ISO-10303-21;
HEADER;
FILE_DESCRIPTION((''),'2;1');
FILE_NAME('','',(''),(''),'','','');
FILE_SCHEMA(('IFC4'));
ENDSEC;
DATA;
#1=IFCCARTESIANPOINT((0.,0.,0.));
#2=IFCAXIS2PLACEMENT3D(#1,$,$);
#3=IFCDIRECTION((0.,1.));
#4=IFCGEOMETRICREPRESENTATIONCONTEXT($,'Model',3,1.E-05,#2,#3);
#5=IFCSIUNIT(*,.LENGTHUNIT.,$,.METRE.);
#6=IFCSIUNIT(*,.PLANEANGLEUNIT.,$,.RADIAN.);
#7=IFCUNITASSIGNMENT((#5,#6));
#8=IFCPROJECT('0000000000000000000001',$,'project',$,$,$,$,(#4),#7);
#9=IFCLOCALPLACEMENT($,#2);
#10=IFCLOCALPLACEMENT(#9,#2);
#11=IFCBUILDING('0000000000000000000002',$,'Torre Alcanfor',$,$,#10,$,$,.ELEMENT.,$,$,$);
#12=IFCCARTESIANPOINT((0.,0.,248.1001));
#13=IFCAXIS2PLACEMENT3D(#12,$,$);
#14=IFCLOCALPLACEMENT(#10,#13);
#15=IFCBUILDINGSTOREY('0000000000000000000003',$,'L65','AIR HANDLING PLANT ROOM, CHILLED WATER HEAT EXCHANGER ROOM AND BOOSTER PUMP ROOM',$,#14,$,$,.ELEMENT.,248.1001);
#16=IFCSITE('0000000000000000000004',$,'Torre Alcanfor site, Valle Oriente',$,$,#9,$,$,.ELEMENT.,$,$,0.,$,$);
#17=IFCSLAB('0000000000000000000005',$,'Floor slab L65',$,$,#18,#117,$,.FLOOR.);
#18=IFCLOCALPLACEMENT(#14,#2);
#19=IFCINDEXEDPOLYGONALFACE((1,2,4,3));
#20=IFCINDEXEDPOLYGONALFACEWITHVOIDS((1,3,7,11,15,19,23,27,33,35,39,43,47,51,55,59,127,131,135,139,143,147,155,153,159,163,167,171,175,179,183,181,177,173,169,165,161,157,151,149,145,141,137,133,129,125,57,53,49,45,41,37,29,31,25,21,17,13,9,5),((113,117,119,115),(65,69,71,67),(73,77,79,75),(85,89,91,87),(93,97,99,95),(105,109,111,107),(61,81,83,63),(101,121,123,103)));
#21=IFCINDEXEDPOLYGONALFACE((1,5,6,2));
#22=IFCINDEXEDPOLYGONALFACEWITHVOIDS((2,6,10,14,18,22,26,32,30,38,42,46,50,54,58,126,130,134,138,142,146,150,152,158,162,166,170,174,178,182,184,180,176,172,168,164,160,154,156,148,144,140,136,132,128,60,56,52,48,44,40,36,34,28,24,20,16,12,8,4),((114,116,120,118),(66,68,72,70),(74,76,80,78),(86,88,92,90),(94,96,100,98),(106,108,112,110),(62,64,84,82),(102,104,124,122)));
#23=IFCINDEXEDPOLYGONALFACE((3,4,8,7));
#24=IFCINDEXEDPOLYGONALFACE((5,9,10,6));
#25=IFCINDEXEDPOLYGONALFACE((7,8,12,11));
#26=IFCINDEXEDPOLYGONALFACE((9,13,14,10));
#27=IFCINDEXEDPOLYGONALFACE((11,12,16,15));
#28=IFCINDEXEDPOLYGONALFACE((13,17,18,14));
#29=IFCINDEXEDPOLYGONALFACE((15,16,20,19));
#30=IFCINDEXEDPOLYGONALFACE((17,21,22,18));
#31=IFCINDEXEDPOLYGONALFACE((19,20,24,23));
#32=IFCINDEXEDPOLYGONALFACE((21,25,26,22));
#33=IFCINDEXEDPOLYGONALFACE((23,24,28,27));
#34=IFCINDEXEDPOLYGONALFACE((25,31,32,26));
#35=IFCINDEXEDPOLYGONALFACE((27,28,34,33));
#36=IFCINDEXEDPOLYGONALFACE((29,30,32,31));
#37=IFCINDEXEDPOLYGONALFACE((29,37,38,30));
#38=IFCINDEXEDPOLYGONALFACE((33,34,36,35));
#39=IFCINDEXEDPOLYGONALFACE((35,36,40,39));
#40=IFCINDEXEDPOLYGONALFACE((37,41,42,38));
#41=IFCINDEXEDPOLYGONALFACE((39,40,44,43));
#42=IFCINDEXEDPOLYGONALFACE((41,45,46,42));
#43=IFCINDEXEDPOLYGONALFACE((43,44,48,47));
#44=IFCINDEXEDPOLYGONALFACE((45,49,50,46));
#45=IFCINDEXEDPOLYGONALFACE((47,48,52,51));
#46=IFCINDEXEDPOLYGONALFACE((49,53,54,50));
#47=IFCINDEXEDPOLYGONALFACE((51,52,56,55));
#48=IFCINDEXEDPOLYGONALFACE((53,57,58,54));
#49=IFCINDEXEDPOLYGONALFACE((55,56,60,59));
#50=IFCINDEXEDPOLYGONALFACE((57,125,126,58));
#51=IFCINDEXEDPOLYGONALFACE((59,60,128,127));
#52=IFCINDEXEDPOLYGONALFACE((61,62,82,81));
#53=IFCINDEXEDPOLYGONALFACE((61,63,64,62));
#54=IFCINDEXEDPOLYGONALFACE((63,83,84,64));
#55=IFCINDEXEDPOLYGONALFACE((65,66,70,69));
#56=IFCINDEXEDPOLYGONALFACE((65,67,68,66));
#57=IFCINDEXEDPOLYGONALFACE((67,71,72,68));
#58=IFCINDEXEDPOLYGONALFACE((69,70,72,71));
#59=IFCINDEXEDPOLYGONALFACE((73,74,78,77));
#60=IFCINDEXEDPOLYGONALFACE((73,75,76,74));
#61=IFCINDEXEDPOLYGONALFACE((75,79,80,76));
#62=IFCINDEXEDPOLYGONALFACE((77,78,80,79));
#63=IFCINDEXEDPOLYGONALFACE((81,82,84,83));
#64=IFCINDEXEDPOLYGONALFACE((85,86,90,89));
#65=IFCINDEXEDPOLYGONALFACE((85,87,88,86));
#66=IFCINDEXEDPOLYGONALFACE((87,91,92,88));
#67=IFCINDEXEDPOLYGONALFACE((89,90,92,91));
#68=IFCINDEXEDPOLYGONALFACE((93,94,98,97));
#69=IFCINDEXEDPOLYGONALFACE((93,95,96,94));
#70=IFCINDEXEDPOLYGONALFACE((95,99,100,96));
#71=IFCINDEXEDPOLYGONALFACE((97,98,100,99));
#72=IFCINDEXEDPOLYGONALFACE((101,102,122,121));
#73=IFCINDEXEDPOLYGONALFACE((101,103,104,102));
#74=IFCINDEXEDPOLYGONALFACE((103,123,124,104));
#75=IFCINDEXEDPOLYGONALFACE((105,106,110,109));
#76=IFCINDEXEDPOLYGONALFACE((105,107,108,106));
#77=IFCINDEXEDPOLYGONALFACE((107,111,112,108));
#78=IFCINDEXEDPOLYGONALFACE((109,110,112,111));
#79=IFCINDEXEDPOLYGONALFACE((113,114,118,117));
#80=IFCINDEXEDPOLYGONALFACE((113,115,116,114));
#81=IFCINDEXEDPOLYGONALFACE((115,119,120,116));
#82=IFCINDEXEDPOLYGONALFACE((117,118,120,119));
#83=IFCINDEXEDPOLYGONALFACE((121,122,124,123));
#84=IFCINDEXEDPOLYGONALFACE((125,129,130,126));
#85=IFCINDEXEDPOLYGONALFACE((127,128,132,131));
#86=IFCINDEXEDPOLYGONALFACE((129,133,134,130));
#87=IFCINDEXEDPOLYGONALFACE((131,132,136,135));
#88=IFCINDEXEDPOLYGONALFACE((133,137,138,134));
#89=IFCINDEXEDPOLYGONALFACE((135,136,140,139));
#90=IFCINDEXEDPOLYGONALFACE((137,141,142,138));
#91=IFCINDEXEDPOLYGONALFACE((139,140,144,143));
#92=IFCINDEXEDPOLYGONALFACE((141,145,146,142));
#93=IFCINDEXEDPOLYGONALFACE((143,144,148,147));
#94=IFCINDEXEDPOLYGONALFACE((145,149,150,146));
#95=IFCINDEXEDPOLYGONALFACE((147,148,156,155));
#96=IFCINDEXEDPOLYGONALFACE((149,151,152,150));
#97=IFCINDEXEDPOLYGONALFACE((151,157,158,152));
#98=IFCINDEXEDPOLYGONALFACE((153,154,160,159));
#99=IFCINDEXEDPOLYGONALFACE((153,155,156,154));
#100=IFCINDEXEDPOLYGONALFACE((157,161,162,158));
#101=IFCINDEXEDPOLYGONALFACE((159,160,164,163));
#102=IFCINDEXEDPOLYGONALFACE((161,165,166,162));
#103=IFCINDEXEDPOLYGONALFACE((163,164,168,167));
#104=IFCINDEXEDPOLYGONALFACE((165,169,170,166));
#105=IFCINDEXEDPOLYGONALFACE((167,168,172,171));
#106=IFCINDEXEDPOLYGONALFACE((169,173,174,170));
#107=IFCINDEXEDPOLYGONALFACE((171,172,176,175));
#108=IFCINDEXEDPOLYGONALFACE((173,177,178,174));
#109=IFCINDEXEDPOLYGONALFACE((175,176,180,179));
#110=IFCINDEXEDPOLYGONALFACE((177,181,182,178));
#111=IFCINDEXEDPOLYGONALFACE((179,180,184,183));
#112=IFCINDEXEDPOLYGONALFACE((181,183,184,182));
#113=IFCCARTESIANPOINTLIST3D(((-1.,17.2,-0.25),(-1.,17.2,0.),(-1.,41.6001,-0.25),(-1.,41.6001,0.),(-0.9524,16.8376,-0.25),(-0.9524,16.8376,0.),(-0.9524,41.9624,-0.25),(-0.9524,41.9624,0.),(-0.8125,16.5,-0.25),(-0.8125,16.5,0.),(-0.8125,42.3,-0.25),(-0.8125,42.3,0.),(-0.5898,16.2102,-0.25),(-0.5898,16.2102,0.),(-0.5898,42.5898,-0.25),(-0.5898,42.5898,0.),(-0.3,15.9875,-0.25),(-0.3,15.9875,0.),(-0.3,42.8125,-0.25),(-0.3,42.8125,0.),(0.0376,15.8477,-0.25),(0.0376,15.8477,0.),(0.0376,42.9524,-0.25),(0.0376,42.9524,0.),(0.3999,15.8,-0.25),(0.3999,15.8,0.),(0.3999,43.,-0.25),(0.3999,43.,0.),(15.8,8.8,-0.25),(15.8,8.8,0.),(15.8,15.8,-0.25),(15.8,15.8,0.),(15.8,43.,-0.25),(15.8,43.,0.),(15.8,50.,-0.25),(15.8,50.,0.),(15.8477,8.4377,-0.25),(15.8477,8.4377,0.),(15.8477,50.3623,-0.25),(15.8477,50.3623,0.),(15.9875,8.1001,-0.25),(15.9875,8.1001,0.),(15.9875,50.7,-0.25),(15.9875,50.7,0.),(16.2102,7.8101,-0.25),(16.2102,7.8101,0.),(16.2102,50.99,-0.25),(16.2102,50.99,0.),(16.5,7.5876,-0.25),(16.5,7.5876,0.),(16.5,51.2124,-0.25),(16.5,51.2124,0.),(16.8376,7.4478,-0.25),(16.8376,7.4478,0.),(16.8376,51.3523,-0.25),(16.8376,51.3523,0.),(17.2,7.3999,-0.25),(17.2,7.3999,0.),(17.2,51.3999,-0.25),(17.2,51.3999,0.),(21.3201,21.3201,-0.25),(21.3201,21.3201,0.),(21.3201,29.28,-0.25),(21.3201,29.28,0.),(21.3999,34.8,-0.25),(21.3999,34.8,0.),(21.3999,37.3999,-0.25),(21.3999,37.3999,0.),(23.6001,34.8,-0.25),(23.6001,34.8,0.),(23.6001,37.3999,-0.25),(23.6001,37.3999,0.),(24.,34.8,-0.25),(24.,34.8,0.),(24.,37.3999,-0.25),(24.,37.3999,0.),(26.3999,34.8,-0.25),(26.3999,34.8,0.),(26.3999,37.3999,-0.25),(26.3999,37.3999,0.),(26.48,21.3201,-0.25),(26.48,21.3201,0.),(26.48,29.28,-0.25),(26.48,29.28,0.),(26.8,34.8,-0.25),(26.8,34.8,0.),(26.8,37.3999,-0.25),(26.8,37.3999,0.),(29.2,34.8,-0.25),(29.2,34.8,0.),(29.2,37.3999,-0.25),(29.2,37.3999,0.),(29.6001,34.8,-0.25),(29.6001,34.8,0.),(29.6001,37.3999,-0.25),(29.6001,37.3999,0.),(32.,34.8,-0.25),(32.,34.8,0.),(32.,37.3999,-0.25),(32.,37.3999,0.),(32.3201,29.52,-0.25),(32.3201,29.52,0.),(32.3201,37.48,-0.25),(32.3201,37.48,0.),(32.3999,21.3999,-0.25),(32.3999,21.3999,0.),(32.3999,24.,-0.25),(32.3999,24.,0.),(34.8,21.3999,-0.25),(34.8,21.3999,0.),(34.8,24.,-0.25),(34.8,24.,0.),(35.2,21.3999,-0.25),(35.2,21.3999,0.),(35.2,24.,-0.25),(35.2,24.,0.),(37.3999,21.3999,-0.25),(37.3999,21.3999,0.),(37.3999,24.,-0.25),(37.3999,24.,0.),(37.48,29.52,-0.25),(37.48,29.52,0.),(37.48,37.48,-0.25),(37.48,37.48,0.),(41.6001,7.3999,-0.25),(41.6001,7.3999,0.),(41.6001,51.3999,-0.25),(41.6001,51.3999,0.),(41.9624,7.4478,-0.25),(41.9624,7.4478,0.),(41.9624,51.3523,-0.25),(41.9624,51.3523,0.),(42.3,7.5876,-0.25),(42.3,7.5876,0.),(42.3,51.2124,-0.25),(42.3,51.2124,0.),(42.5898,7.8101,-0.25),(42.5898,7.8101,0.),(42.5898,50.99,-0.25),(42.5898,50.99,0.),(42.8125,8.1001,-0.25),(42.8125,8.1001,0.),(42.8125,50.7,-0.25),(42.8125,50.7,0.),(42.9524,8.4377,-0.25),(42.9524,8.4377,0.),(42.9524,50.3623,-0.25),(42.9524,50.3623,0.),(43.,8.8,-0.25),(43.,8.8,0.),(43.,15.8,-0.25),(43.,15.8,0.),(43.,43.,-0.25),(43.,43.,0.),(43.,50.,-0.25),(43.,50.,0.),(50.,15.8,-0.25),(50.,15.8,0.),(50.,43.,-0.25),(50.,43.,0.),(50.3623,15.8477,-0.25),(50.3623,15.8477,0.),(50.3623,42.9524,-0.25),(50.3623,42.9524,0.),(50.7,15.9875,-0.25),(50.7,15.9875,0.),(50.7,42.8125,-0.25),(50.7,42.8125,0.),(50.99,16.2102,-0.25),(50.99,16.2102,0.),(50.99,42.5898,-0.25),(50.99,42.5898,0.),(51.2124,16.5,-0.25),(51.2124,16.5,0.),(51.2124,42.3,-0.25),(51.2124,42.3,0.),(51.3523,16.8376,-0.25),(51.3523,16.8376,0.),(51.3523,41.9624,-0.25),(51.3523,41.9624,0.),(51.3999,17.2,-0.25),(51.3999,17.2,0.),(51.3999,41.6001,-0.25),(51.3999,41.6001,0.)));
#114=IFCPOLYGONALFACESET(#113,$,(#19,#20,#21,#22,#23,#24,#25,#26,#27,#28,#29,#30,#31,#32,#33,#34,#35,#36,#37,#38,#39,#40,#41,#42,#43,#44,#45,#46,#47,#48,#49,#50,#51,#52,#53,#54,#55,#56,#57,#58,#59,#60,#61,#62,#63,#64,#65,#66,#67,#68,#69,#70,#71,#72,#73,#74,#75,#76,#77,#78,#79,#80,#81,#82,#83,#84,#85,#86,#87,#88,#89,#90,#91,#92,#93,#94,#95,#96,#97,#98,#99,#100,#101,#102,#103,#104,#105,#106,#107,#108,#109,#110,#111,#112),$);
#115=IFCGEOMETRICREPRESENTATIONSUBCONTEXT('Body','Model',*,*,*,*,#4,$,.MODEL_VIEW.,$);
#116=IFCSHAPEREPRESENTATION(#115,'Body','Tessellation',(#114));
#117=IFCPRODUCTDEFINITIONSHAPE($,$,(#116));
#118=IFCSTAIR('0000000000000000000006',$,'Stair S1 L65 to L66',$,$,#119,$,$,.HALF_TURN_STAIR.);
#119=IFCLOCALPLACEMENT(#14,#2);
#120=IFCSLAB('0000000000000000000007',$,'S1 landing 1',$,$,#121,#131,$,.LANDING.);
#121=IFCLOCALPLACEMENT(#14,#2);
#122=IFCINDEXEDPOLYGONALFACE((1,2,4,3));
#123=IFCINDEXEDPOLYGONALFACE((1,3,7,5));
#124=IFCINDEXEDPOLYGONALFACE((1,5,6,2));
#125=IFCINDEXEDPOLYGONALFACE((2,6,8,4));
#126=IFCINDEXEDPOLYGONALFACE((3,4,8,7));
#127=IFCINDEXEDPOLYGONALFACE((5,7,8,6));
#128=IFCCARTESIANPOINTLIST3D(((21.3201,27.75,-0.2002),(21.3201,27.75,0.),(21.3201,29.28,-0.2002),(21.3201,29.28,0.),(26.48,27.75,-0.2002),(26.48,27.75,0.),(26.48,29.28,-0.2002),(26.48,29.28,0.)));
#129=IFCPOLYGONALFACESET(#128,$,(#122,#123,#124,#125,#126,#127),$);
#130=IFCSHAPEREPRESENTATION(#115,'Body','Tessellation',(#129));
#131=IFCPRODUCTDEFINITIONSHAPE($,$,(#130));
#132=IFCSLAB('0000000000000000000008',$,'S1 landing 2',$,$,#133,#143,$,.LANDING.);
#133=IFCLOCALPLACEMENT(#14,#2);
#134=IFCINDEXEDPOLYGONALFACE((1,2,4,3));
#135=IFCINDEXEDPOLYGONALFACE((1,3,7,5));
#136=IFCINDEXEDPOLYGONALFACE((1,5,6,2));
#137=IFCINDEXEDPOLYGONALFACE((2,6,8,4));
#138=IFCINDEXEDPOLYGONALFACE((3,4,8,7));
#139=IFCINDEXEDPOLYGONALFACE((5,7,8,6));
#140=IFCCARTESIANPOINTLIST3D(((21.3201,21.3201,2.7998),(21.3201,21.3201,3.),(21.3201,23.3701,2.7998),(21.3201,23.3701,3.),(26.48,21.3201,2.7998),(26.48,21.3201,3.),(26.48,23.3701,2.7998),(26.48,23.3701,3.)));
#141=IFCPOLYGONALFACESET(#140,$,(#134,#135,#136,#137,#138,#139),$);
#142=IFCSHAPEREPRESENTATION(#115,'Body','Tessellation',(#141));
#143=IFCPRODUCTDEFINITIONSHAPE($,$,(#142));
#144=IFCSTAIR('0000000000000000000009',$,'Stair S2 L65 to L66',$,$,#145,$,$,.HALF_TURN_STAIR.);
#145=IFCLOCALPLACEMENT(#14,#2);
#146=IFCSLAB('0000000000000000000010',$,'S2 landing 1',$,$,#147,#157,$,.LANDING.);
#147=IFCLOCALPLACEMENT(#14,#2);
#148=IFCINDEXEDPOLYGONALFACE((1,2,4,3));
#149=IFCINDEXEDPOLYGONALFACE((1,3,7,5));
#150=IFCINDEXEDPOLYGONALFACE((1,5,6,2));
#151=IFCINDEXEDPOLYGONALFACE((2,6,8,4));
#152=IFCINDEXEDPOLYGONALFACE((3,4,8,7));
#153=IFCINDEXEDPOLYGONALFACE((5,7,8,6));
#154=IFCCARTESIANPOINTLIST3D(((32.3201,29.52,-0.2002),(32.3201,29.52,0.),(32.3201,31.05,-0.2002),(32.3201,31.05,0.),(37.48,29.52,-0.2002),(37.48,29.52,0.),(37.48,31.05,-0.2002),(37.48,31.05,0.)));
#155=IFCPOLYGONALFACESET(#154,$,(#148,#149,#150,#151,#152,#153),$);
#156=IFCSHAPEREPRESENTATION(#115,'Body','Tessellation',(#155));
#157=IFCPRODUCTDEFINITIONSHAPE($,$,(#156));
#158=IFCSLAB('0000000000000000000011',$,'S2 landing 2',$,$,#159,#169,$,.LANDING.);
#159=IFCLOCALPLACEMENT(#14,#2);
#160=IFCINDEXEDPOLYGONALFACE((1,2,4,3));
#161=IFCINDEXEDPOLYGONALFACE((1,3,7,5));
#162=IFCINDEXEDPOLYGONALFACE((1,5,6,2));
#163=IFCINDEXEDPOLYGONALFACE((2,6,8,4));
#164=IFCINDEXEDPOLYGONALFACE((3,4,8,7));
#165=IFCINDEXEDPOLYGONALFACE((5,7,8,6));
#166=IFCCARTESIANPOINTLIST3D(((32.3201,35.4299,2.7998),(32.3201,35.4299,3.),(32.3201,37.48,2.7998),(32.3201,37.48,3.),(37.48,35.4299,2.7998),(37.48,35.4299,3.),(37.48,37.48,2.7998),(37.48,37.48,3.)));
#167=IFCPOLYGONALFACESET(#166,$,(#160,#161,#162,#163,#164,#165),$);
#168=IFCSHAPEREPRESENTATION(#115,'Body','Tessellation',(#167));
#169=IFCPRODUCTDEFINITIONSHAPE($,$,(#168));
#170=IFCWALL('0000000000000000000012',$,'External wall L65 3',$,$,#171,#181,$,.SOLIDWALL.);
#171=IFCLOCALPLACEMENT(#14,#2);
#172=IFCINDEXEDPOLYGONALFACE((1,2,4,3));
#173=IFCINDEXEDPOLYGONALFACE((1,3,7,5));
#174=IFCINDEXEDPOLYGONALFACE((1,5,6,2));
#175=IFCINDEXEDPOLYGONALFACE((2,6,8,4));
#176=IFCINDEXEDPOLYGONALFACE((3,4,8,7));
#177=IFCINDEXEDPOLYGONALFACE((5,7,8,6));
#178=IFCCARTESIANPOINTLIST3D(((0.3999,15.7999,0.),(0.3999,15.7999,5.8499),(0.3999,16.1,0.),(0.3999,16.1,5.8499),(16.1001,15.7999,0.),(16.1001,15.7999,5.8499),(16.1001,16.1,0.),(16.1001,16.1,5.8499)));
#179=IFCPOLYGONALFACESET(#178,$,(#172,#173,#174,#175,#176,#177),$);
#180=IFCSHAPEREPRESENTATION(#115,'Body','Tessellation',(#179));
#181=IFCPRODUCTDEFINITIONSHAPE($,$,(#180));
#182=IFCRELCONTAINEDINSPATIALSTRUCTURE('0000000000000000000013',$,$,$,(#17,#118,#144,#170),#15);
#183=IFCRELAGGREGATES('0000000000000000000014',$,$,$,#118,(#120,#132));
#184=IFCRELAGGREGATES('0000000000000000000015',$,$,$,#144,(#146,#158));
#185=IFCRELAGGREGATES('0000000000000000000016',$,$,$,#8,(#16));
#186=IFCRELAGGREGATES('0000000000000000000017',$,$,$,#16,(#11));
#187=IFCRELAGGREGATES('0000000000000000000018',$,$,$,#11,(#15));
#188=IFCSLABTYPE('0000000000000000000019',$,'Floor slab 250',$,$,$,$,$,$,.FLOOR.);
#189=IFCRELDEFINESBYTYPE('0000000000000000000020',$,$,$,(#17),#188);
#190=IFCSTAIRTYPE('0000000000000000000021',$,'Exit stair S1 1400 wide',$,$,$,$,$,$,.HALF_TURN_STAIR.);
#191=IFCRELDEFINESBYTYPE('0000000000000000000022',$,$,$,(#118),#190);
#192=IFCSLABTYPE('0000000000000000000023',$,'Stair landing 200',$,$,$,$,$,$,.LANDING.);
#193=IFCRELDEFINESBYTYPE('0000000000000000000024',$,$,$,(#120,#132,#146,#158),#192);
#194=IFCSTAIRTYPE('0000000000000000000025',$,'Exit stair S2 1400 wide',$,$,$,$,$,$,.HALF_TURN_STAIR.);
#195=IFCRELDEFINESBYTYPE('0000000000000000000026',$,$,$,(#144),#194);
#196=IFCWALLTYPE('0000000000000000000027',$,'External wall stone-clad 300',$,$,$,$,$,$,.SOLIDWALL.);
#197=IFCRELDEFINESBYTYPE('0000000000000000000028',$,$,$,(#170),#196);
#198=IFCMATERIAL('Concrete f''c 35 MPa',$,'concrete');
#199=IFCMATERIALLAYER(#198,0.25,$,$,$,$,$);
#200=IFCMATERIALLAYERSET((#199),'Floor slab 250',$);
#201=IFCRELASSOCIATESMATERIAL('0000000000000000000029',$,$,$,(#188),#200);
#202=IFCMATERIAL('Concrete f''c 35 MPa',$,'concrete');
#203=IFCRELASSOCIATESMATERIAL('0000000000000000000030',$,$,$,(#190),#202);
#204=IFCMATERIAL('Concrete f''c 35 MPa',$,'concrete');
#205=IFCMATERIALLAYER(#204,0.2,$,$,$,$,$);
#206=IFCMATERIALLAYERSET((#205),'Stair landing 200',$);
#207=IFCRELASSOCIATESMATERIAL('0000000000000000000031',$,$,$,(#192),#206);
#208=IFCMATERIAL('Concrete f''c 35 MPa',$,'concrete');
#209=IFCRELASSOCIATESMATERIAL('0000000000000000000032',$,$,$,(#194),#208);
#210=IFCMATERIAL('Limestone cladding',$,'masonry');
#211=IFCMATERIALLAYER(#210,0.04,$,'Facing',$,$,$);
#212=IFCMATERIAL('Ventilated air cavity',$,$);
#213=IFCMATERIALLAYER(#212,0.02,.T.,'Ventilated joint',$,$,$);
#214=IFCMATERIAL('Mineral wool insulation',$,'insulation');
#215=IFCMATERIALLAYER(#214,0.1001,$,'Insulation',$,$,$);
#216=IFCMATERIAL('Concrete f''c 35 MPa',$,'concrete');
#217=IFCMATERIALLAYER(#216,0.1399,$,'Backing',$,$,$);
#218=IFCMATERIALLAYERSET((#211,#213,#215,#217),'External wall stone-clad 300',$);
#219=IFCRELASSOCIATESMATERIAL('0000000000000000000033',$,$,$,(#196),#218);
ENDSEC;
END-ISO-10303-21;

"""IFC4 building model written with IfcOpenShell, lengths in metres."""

from ifc_helpers import new_model, si_unit, direction, frame, frame_2d, origin, place, context, subcontext, project, spatial, polyline, rectangle, outline, extrude, material, layer, layer_set, type_object, element, aggregate, save


model = new_model("IFC4")

# Units and contexts
model_context = context("Model", 3, precision=1e-05, world=origin(), true_north=direction((0.0, 1.0)))
body_context = subcontext(model_context, "Body", "Model", "MODEL_VIEW")
ifc_project = project(units=[si_unit("LENGTHUNIT", "METRE"), si_unit("PLANEANGLEUNIT", "RADIAN")], contexts=[model_context])

# Site, building, storey
site_placement = place(None, origin())
site = spatial("IfcSite", under=ifc_project, at=site_placement, Name="Torre Alcanfor site, Valle Oriente", CompositionType="ELEMENT", RefElevation=0.0)
building_placement = place(site_placement, origin())
building = spatial("IfcBuilding", under=site, at=building_placement, Name="Torre Alcanfor", CompositionType="ELEMENT")
storey_placement = place(building_placement, frame((0.0, 0.0, 248.1001)))
storey = spatial("IfcBuildingStorey", under=building, at=storey_placement, Name="L65", Description="AIR HANDLING PLANT ROOM, CHILLED WATER HEAT EXCHANGER ROOM AND BOOSTER PUMP ROOM", CompositionType="ELEMENT", Elevation=248.1001)

# Slab
ifc_material_1 = material(Name="Concrete f'c 35 MPa", Category="concrete")
ifc_layer_1 = layer(ifc_material_1, 0.25)
ifc_layer_set_1 = layer_set([ifc_layer_1], Name="Floor slab 250")
slab_type_1 = type_object("IfcSlabType", Name="Floor slab 250", PredefinedType="FLOOR", material=ifc_layer_set_1)
slab_1_placement = place(storey_placement, frame((0.0, 0.0, -0.25)))
element("IfcSlab", 1, at=slab_1_placement, inside=storey, type_object=slab_type_1, Name="Floor slab L65", PredefinedType="FLOOR", context=body_context, shape_type="SweptSolid", body=[
    extrude(outline(polyline([(15.8, 43.0), (0.3999, 43.0), (0.0376, 42.9524), (-0.3, 42.8125), (-0.5898, 42.5898), (-0.8125, 42.3), (-0.9524, 41.9624), (-1.0, 41.6001), (-1.0, 17.2), (-0.9524, 16.8376), (-0.8125, 16.5), (-0.5898, 16.2102), (-0.3, 15.9875), (0.0376, 15.8477), (0.3999, 15.8), (15.8, 15.8), (15.8, 8.8), (15.8477, 8.4377), (15.9875, 8.1001), (16.2102, 7.8101), (16.5, 7.5876), (16.8376, 7.4478), (17.2, 7.3999), (41.6001, 7.3999), (41.9624, 7.4478), (42.3, 7.5876), (42.5898, 7.8101), (42.8125, 8.1001), (42.9524, 8.4377), (43.0, 8.8), (43.0, 15.8), (50.0, 15.8), (50.3623, 15.8477), (50.7, 15.9875), (50.99, 16.2102), (51.2124, 16.5), (51.3523, 16.8376), (51.3999, 17.2), (51.3999, 41.6001), (51.3523, 41.9624), (51.2124, 42.3), (50.99, 42.5898), (50.7, 42.8125), (50.3623, 42.9524), (50.0, 43.0), (43.0, 43.0), (43.0, 50.0), (42.9524, 50.3623), (42.8125, 50.7), (42.5898, 50.99), (42.3, 51.2124), (41.9624, 51.3523), (41.6001, 51.3999), (17.2, 51.3999), (16.8376, 51.3523), (16.5, 51.2124), (16.2102, 50.99), (15.9875, 50.7), (15.8477, 50.3623), (15.8, 50.0), (15.8, 43.0)]), holes=[polyline([(21.3201, 21.3201), (26.48, 21.3201), (26.48, 29.28), (21.3201, 29.28), (21.3201, 21.3201)]), polyline([(32.3201, 29.52), (37.48, 29.52), (37.48, 37.48), (32.3201, 37.48), (32.3201, 29.52)]), polyline([(32.3999, 21.3999), (34.8, 21.3999), (34.8, 24.0), (32.3999, 24.0), (32.3999, 21.3999)]), polyline([(35.2, 21.3999), (37.3999, 21.3999), (37.3999, 24.0), (35.2, 24.0), (35.2, 21.3999)]), polyline([(21.3999, 34.8), (23.6001, 34.8), (23.6001, 37.3999), (21.3999, 37.3999), (21.3999, 34.8)]), polyline([(24.0, 34.8), (26.3999, 34.8), (26.3999, 37.3999), (24.0, 37.3999), (24.0, 34.8)]), polyline([(26.8, 34.8), (29.2, 34.8), (29.2, 37.3999), (26.8, 37.3999), (26.8, 34.8)]), polyline([(29.6001, 34.8), (32.0, 34.8), (32.0, 37.3999), (29.6001, 37.3999), (29.6001, 34.8)])]), origin(), (0.0, 0.0, 1.0), 0.25),
])

# Stairs, slabs
ifc_material_2 = material(Name="Concrete f'c 35 MPa", Category="concrete")
stair_type_1 = type_object("IfcStairType", Name="Exit stair S1 1400 wide", PredefinedType="HALF_TURN_STAIR", material=ifc_material_2)
stair_1_placement = place(storey_placement, origin())
stair_1 = element("IfcStair", 2, at=stair_1_placement, inside=storey, type_object=stair_type_1, Name="Stair S1 L65 to L66", PredefinedType="HALF_TURN_STAIR")
ifc_material_3 = material(Name="Concrete f'c 35 MPa", Category="concrete")
ifc_layer_2 = layer(ifc_material_3, 0.2)
ifc_layer_set_2 = layer_set([ifc_layer_2], Name="Stair landing 200")
slab_type_2 = type_object("IfcSlabType", Name="Stair landing 200", PredefinedType="LANDING", material=ifc_layer_set_2)
slab_2_placement = place(storey_placement, frame((0.0, 0.0, -0.2002)))
slab_2 = element("IfcSlab", 3, at=slab_2_placement, type_object=slab_type_2, Name="S1 landing 1", PredefinedType="LANDING", context=body_context, shape_type="SweptSolid", body=[
    extrude(outline(polyline([(21.3201, 27.75), (26.48, 27.75), (26.48, 29.28), (21.3201, 29.28), (21.3201, 27.75)])), origin(), (0.0, 0.0, 1.0), 0.2002),
])
slab_3_placement = place(storey_placement, frame((0.0, 0.0, 2.7998)))
slab_3 = element("IfcSlab", 4, at=slab_3_placement, type_object=slab_type_2, Name="S1 landing 2", PredefinedType="LANDING", context=body_context, shape_type="SweptSolid", body=[
    extrude(outline(polyline([(21.3201, 21.3201), (26.48, 21.3201), (26.48, 23.3701), (21.3201, 23.3701), (21.3201, 21.3201)])), origin(), (0.0, 0.0, 1.0), 0.2002),
])
aggregate(stair_1, [slab_2, slab_3])
ifc_material_4 = material(Name="Concrete f'c 35 MPa", Category="concrete")
stair_type_2 = type_object("IfcStairType", Name="Exit stair S2 1400 wide", PredefinedType="HALF_TURN_STAIR", material=ifc_material_4)
stair_2_placement = place(storey_placement, origin())
stair_2 = element("IfcStair", 5, at=stair_2_placement, inside=storey, type_object=stair_type_2, Name="Stair S2 L65 to L66", PredefinedType="HALF_TURN_STAIR")
slab_4_placement = place(storey_placement, frame((0.0, 0.0, -0.2002)))
slab_4 = element("IfcSlab", 6, at=slab_4_placement, type_object=slab_type_2, Name="S2 landing 1", PredefinedType="LANDING", context=body_context, shape_type="SweptSolid", body=[
    extrude(outline(polyline([(32.3201, 29.52), (37.48, 29.52), (37.48, 31.05), (32.3201, 31.05), (32.3201, 29.52)])), origin(), (0.0, 0.0, 1.0), 0.2002),
])
slab_5_placement = place(storey_placement, frame((0.0, 0.0, 2.7998)))
slab_5 = element("IfcSlab", 7, at=slab_5_placement, type_object=slab_type_2, Name="S2 landing 2", PredefinedType="LANDING", context=body_context, shape_type="SweptSolid", body=[
    extrude(outline(polyline([(32.3201, 35.4299), (37.48, 35.4299), (37.48, 37.48), (32.3201, 37.48), (32.3201, 35.4299)])), origin(), (0.0, 0.0, 1.0), 0.2002),
])
aggregate(stair_2, [slab_4, slab_5])

# Wall
ifc_material_5 = material(Name="Limestone cladding", Category="masonry")
ifc_layer_3 = layer(ifc_material_5, 0.04, Name="Facing")
ifc_material_6 = material(Name="Ventilated air cavity")
ifc_layer_4 = layer(ifc_material_6, 0.02, ventilated=True, Name="Ventilated joint")
ifc_material_7 = material(Name="Mineral wool insulation", Category="insulation")
ifc_layer_5 = layer(ifc_material_7, 0.1001, Name="Insulation")
ifc_material_8 = material(Name="Concrete f'c 35 MPa", Category="concrete")
ifc_layer_6 = layer(ifc_material_8, 0.1399, Name="Backing")
ifc_layer_set_3 = layer_set([ifc_layer_3, ifc_layer_4, ifc_layer_5, ifc_layer_6], Name="External wall stone-clad 300")
wall_type_1 = type_object("IfcWallType", Name="External wall stone-clad 300", PredefinedType="SOLIDWALL", material=ifc_layer_set_3)
wall_1_placement = place(storey_placement, frame((0.3999, 15.95, 0.0), z_axis=(0.0, 0.0, 1.0), x_axis=(1.0, 0.0, 0.0)))
element("IfcWall", 8, at=wall_1_placement, inside=storey, type_object=wall_type_1, Name="External wall L65 3", PredefinedType="SOLIDWALL", context=body_context, shape_type="SweptSolid", body=[
    extrude(rectangle(XDim=15.7002, YDim=0.3, at=frame_2d((7.8501, 0.0))), origin(), (0.0, 0.0, 1.0), 5.8499),
])

save(model, "model.ifc")
